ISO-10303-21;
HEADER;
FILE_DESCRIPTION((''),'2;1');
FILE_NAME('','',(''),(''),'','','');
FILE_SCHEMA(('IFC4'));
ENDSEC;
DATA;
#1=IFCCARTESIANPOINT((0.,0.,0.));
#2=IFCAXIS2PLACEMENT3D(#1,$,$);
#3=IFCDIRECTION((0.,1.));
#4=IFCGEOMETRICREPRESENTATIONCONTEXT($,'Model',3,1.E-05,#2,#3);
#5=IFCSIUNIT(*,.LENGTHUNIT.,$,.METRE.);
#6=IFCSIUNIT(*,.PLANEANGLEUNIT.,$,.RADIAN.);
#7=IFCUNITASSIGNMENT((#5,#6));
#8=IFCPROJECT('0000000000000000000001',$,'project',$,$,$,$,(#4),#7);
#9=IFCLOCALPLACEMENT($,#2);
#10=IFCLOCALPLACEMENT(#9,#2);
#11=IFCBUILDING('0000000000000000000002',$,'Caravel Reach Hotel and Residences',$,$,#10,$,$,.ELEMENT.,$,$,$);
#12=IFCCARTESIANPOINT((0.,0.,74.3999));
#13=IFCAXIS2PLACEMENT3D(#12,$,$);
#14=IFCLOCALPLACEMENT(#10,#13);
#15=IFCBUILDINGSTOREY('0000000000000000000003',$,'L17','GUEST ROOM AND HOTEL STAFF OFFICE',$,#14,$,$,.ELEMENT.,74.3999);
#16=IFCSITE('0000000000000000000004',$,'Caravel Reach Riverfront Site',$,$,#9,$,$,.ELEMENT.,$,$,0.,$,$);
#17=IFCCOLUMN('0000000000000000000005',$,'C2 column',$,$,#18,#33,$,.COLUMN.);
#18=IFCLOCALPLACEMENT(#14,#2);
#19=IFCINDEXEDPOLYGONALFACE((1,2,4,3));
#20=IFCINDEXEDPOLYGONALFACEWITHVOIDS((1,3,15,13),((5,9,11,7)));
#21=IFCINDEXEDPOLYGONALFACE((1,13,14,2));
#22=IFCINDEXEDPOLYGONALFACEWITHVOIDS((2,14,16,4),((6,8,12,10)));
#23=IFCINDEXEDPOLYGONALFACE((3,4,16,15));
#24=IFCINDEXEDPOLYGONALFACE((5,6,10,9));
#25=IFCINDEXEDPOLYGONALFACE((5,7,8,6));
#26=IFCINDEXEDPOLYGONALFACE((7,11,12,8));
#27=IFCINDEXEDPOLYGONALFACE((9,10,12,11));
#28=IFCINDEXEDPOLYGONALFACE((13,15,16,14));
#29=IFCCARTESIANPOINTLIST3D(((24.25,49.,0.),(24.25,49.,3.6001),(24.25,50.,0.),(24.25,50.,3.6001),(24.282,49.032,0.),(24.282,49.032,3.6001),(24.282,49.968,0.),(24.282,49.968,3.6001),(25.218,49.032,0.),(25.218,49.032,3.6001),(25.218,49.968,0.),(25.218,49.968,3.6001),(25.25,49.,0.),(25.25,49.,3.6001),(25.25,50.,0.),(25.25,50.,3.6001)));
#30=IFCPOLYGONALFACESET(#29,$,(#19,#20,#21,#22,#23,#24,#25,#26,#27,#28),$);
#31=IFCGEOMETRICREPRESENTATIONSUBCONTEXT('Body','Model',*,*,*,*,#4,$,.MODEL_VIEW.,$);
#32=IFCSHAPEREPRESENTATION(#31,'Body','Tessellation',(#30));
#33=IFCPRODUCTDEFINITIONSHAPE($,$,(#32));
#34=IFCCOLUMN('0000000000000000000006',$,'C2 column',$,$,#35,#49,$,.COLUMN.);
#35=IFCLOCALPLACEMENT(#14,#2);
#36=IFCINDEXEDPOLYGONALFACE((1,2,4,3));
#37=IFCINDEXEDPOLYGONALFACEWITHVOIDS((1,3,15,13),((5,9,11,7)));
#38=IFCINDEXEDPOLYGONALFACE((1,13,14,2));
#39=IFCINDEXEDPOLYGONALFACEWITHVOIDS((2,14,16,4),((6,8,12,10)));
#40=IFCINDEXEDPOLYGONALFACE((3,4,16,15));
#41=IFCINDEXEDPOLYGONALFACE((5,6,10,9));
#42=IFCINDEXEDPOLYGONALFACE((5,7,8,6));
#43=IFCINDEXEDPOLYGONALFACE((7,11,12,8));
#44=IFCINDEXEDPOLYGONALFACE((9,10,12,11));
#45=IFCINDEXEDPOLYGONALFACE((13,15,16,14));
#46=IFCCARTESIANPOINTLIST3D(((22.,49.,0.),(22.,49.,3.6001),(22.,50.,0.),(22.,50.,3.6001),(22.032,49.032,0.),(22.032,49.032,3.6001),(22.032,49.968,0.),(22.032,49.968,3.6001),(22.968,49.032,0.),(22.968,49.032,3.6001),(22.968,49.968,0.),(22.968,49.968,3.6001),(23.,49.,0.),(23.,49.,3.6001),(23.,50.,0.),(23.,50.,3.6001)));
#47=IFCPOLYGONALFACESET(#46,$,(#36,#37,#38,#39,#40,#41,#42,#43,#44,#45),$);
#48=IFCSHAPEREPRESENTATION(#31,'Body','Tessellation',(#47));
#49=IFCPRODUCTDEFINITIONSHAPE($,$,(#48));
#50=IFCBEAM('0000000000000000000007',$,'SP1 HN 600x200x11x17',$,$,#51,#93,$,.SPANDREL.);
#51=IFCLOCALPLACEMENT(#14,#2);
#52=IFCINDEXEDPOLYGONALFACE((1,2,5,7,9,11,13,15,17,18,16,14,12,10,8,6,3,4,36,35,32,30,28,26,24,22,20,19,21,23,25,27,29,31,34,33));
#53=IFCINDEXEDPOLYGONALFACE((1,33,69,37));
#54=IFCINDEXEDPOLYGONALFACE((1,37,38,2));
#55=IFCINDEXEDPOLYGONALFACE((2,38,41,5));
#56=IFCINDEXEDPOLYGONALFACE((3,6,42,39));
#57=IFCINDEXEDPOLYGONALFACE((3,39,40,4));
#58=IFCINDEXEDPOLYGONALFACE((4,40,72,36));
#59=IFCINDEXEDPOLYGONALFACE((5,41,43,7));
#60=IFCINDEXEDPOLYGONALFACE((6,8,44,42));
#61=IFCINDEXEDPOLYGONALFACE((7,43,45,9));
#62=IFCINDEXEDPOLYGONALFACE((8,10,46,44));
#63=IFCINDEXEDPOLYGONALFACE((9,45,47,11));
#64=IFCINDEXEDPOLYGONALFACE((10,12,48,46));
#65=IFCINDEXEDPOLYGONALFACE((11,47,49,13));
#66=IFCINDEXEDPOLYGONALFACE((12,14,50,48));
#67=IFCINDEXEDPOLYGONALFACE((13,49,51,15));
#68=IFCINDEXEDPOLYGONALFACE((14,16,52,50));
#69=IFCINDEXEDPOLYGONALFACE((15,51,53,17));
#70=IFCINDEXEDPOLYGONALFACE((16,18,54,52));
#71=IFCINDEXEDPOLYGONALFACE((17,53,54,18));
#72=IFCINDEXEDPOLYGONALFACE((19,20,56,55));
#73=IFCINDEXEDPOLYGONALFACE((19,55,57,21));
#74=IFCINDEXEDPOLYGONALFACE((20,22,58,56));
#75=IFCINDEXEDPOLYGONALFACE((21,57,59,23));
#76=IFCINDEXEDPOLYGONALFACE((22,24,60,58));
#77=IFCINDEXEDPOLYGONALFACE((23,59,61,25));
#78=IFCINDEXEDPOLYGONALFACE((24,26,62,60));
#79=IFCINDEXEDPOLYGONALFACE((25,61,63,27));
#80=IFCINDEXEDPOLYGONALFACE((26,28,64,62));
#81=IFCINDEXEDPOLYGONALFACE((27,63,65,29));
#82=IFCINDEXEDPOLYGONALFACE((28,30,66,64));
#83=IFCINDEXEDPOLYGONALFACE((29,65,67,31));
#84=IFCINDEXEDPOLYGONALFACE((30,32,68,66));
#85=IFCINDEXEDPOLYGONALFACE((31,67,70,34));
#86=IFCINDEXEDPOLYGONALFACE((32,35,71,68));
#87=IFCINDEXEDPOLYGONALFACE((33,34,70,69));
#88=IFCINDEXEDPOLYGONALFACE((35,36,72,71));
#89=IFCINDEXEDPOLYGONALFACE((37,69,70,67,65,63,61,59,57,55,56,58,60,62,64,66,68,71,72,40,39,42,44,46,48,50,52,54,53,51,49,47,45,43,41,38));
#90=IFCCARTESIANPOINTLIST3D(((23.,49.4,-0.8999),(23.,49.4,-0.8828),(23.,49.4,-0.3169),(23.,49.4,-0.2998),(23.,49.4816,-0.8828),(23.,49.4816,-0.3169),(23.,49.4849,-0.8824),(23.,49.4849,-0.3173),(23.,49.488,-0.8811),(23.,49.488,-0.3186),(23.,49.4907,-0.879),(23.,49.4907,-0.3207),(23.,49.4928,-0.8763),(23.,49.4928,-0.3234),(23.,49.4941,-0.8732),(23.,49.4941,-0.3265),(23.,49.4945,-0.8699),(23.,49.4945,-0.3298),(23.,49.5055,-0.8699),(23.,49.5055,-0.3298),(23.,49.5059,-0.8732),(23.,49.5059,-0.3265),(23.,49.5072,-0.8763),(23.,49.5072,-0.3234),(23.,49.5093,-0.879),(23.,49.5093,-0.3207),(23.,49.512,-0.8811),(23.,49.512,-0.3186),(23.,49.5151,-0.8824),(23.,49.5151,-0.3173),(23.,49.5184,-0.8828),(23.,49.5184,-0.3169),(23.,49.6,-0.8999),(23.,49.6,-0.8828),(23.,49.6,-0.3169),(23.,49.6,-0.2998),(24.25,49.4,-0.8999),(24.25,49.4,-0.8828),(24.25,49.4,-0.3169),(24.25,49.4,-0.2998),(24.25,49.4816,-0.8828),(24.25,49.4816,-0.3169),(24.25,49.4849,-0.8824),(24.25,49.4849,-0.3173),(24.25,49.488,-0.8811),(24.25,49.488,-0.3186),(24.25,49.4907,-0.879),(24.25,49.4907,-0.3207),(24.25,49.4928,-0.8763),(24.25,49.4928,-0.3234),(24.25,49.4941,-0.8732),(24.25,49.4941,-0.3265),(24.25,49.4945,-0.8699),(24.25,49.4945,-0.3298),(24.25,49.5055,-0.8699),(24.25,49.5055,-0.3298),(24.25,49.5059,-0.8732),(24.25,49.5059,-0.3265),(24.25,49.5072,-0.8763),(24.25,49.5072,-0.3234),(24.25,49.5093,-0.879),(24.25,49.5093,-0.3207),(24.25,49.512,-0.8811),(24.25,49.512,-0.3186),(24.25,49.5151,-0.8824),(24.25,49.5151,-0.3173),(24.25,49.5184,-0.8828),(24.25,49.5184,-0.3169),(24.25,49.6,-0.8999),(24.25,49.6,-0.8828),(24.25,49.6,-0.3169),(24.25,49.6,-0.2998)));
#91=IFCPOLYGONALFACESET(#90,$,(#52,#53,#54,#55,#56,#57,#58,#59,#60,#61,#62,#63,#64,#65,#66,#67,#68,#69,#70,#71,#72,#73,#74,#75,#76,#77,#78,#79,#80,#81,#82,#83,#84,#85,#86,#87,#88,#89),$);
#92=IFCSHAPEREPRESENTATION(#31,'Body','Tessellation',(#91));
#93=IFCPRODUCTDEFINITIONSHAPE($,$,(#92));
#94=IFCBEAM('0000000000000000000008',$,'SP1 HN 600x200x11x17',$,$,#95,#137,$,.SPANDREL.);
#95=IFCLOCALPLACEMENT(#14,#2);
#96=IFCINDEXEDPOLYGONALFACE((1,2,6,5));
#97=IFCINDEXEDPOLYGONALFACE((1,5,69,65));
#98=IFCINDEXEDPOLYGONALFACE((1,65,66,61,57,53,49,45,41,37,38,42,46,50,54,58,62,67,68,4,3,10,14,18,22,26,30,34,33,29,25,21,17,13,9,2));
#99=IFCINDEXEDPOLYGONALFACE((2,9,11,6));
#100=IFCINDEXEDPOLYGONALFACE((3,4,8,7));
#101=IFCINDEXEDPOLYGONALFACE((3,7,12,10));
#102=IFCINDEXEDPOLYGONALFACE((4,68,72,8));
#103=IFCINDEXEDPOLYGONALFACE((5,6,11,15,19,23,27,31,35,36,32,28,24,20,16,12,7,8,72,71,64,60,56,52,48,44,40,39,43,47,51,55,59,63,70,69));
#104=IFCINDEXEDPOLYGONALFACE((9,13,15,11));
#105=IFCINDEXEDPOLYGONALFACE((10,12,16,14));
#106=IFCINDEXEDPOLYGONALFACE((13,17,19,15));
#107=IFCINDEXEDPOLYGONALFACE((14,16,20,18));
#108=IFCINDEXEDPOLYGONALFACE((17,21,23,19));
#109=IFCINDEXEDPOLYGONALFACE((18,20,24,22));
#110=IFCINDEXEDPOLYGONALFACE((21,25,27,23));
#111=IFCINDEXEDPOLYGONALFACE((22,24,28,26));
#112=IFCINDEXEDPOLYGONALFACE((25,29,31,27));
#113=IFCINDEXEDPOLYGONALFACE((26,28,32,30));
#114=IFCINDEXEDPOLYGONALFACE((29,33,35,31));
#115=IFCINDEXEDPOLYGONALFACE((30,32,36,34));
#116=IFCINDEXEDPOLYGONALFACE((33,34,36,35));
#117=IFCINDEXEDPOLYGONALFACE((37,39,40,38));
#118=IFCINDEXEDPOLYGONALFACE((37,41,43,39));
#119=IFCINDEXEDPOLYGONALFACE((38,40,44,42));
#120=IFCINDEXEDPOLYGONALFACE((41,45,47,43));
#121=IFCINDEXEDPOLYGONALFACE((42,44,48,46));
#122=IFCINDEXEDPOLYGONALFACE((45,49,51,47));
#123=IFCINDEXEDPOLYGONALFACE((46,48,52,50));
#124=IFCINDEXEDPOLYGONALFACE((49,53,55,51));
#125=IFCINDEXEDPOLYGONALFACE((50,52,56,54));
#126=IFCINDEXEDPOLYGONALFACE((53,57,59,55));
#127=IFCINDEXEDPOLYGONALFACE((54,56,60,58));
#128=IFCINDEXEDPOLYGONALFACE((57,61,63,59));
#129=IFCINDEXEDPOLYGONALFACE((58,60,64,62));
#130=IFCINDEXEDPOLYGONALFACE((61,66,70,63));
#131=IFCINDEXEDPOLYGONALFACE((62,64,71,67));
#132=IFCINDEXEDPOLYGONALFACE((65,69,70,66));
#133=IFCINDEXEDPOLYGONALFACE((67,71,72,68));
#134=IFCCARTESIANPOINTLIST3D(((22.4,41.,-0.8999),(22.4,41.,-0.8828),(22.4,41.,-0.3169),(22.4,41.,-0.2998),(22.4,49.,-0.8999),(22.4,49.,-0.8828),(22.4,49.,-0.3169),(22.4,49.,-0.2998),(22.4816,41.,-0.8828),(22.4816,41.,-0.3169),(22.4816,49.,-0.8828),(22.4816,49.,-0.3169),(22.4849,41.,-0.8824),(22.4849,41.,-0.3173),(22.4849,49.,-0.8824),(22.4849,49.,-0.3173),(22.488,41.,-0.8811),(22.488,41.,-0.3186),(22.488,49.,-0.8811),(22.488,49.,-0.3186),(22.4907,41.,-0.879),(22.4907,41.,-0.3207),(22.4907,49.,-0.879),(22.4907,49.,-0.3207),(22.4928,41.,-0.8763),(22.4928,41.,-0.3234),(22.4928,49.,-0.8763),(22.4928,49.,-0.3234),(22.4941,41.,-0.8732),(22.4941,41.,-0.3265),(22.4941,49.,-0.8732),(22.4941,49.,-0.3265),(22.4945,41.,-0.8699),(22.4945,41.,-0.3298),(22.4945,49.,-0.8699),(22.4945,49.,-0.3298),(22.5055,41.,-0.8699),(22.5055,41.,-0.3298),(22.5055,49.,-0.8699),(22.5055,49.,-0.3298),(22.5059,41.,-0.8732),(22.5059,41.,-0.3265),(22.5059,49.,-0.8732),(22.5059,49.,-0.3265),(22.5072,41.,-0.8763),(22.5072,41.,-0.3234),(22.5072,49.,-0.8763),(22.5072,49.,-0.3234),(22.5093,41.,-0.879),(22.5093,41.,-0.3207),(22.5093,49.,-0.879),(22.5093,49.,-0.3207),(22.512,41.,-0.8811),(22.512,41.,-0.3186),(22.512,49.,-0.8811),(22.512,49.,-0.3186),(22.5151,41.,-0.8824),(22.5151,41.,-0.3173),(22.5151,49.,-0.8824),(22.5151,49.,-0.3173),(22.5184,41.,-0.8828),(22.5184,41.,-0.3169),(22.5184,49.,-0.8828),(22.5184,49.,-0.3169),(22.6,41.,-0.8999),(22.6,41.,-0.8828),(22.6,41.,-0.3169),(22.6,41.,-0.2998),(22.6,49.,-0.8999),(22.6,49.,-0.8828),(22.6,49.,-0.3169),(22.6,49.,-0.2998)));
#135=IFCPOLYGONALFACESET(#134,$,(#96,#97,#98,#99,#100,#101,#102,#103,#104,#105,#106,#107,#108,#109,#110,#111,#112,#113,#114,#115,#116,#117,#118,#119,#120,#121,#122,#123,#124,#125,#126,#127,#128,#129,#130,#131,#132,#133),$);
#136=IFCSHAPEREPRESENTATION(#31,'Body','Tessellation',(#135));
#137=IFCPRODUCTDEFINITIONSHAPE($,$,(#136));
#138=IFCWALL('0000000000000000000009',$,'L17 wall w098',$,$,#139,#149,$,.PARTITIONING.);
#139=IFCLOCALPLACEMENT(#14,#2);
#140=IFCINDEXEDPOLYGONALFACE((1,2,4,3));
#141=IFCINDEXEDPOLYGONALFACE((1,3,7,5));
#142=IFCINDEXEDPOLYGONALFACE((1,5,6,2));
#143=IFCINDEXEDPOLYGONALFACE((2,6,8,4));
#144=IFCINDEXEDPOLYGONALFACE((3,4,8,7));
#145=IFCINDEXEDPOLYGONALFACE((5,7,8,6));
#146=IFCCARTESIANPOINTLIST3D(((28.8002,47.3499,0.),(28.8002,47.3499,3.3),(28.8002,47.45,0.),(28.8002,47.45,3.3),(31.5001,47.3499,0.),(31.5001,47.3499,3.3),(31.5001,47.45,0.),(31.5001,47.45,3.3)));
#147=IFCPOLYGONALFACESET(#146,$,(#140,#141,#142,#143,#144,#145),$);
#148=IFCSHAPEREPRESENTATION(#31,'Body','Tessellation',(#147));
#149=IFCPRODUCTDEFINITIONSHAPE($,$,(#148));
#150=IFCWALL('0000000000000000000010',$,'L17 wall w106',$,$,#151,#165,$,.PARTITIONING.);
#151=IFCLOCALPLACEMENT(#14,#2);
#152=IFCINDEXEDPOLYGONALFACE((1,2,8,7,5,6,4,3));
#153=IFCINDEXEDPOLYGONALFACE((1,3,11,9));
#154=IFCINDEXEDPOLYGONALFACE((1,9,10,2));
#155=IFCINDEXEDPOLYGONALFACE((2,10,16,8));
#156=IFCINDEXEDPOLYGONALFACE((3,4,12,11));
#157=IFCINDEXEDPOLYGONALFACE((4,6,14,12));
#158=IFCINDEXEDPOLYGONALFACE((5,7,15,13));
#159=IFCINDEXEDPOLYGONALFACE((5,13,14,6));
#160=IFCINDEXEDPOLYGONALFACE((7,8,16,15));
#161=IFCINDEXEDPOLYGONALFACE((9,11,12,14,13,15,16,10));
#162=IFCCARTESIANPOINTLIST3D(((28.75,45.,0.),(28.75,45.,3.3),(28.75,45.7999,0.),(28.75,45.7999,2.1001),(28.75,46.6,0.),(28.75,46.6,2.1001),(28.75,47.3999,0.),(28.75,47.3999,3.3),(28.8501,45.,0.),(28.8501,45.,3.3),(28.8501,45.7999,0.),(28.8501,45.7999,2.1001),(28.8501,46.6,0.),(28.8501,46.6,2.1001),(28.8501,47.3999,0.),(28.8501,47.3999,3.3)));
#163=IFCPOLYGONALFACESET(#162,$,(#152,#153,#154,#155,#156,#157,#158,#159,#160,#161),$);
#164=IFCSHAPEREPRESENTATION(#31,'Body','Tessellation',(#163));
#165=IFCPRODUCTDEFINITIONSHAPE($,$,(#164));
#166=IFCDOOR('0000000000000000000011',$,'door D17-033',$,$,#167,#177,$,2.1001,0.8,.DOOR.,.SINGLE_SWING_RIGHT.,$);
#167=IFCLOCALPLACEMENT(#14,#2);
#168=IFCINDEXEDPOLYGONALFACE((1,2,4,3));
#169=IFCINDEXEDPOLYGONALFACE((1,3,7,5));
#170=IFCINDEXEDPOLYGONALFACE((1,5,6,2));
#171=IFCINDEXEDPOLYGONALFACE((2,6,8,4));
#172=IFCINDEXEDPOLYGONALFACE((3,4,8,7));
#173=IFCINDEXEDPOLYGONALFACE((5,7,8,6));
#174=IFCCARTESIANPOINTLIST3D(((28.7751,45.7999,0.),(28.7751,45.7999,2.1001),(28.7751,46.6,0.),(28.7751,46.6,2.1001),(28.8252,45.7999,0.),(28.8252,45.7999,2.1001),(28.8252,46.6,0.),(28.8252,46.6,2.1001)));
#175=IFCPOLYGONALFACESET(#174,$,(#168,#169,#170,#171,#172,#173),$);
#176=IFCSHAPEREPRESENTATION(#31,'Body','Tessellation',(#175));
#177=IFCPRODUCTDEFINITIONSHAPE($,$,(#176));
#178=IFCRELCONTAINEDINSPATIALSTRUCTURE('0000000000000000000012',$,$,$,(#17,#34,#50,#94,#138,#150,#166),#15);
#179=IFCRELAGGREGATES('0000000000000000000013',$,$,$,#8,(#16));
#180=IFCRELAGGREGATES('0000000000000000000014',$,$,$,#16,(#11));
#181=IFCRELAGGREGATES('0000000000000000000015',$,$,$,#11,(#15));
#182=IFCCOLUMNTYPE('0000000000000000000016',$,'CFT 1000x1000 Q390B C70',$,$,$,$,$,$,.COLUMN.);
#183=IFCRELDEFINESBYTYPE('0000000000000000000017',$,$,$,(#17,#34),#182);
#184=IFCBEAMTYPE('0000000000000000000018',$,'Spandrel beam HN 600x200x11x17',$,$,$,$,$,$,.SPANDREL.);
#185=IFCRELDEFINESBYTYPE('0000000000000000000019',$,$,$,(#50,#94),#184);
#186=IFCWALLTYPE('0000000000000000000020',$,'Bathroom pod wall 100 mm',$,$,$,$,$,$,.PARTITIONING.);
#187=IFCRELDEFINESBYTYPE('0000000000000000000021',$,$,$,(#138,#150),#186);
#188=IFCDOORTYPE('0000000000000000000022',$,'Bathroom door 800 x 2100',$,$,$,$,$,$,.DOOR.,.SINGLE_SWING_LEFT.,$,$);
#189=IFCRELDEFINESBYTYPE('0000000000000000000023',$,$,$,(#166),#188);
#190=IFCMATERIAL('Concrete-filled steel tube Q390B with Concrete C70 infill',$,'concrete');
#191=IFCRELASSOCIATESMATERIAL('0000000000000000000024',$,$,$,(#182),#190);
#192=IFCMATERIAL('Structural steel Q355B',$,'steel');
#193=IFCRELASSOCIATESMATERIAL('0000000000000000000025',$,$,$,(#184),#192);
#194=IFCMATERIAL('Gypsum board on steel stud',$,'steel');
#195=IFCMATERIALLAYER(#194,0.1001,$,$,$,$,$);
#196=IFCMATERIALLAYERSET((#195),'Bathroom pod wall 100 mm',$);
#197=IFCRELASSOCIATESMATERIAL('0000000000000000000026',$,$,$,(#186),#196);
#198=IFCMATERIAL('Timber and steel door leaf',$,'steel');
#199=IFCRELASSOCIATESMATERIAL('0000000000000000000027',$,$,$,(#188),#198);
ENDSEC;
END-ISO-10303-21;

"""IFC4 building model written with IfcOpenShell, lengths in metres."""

from ifc_helpers import new_model, si_unit, direction, frame, frame_2d, origin, origin_2d, place, context, subcontext, project, spatial, rectangle, hollow_rectangle, i_section, extrude, material, layer, layer_set, material_profile, profile_set, type_object, element, fill, save


model = new_model("IFC4")

# Units and contexts
model_context = context("Model", 3, precision=1e-05, world=origin(), true_north=direction((0.0, 1.0)))
body_context = subcontext(model_context, "Body", "Model", "MODEL_VIEW")
ifc_project = project(units=[si_unit("LENGTHUNIT", "METRE"), si_unit("PLANEANGLEUNIT", "RADIAN")], contexts=[model_context])

# Site, building, storey
site_placement = place(None, origin())
site = spatial("IfcSite", under=ifc_project, at=site_placement, Name="Caravel Reach Riverfront Site", CompositionType="ELEMENT", RefElevation=0.0)
building_placement = place(site_placement, origin())
building = spatial("IfcBuilding", under=site, at=building_placement, Name="Caravel Reach Hotel and Residences", CompositionType="ELEMENT")
storey_placement = place(building_placement, frame((0.0, 0.0, 74.3999)))
storey = spatial("IfcBuildingStorey", under=building, at=storey_placement, Name="L17", Description="GUEST ROOM AND HOTEL STAFF OFFICE", CompositionType="ELEMENT", Elevation=74.3999)

# Columns
ifc_material_1 = material(Name="Concrete-filled steel tube Q390B with Concrete C70 infill", Category="concrete")
ifc_material_profile_1 = material_profile(ifc_material_1, hollow_rectangle(XDim=1.0, YDim=1.0, WallThickness=0.032, at=origin_2d()), Name="RHS 1000x1000x32")
ifc_profile_set_1 = profile_set([ifc_material_profile_1], Name="Concrete-filled steel tube Q390B with Concrete C70 infill")
column_type = type_object("IfcColumnType", Name="CFT 1000x1000 Q390B C70", PredefinedType="COLUMN", material=ifc_profile_set_1)
for number, where, z_axis, x_axis, name in (
    (1, (24.75, 49.5, 0.0), (0.0, 0.0, 1.0), (1.0, 0.0, 0.0), "C2 column"),
    (2, (22.5, 49.5, 0.0), (0.0, 0.0, 1.0), (1.0, 0.0, 0.0), "C2 column"),
):
    element("IfcColumn", number, at=place(storey_placement, frame(where, z_axis=z_axis, x_axis=x_axis)), inside=storey, type_object=column_type, Name=name, PredefinedType="COLUMN", context=body_context, shape_type="SweptSolid", body=[
        extrude(hollow_rectangle(XDim=1.0, YDim=1.0, WallThickness=0.032, at=origin_2d()), origin(), (0.0, 0.0, 1.0), 3.6001),
    ])

# Beams
ifc_material_2 = material(Name="Structural steel Q355B", Category="steel")
ifc_material_profile_2 = material_profile(ifc_material_2, i_section(OverallWidth=0.2, OverallDepth=0.6001, WebThickness=0.011, FlangeThickness=0.0171, FilletRadius=0.0129, at=origin_2d()), Name="HN 600x200x11x17")
ifc_profile_set_2 = profile_set([ifc_material_profile_2], Name="Structural steel Q355B")
beam_type = type_object("IfcBeamType", Name="Spandrel beam HN 600x200x11x17", PredefinedType="SPANDREL", material=ifc_profile_set_2)
beam_1_placement = place(storey_placement, frame((24.25, 49.5, -0.5999), z_axis=(-1.0, 0.0, 0.0), x_axis=(0.0, -1.0, 0.0)))
element("IfcBeam", 3, at=beam_1_placement, inside=storey, type_object=beam_type, Name="SP1 HN 600x200x11x17", PredefinedType="SPANDREL", context=body_context, shape_type="SweptSolid", body=[
    extrude(i_section(OverallWidth=0.2, OverallDepth=0.6001, WebThickness=0.011, FlangeThickness=0.0171, FilletRadius=0.0129, at=origin_2d()), origin(), (0.0, 0.0, 1.0), 1.25),
])
beam_2_placement = place(storey_placement, frame((22.5, 49.0, -0.5999), z_axis=(0.0, -1.0, 0.0), x_axis=(1.0, 0.0, 0.0)))
element("IfcBeam", 4, at=beam_2_placement, inside=storey, type_object=beam_type, Name="SP1 HN 600x200x11x17", PredefinedType="SPANDREL", context=body_context, shape_type="SweptSolid", body=[
    extrude(i_section(OverallWidth=0.2, OverallDepth=0.6001, WebThickness=0.011, FlangeThickness=0.0171, FilletRadius=0.0129, at=origin_2d()), origin(), (0.0, 0.0, 1.0), 8.0),
])

# Wall
ifc_material_3 = material(Name="Gypsum board on steel stud", Category="steel")
ifc_layer_1 = layer(ifc_material_3, 0.1001)
ifc_layer_set_1 = layer_set([ifc_layer_1], Name="Bathroom pod wall 100 mm")
wall_type_1 = type_object("IfcWallType", Name="Bathroom pod wall 100 mm", PredefinedType="PARTITIONING", material=ifc_layer_set_1)
wall_1_placement = place(storey_placement, frame((28.8, 47.3999, 0.0), z_axis=(0.0, 0.0, 1.0), x_axis=(1.0, 0.0, 0.0)))
element("IfcWall", 5, at=wall_1_placement, inside=storey, type_object=wall_type_1, Name="L17 wall w098", PredefinedType="PARTITIONING", context=body_context, shape_type="SweptSolid", body=[
    extrude(rectangle(XDim=2.7, YDim=0.1001, at=frame_2d((1.3501, 0.0))), origin(), (0.0, 0.0, 1.0), 3.3),
])

# Wall, opening, door
wall_2_placement = place(storey_placement, frame((28.8, 45.0, 0.0), z_axis=(0.0, 0.0, 1.0), x_axis=(0.0, 1.0, 0.0)))
wall_2 = element("IfcWall", 6, at=wall_2_placement, inside=storey, type_object=wall_type_1, Name="L17 wall w106", PredefinedType="PARTITIONING", context=body_context, shape_type="SweptSolid", body=[
    extrude(rectangle(XDim=2.3999, YDim=0.1001, at=frame_2d((1.2, 0.0))), origin(), (0.0, 0.0, 1.0), 3.3),
])
opening_1_placement = place(wall_2_placement, frame((0.8, 0.0, 0.0)))
opening_1 = element("IfcOpeningElement", 7, at=opening_1_placement, cuts=wall_2, PredefinedType="OPENING", context=body_context, shape_type="SweptSolid", body=[
    extrude(rectangle(XDim=0.8, YDim=2.1001, at=frame_2d((0.3999, 1.05))), frame((0.0, 0.0601, 0.0), z_axis=(0.0, -1.0, 0.0), x_axis=(1.0, 0.0, 0.0)), (0.0, 0.0, 1.0), 0.1201),
])
ifc_material_4 = material(Name="Timber and steel door leaf", Category="steel")
door_type = type_object("IfcDoorType", Name="Bathroom door 800 x 2100", OperationType="SINGLE_SWING_LEFT", PredefinedType="DOOR", material=ifc_material_4)
door_placement = place(opening_1_placement, origin())
door = element("IfcDoor", 8, at=door_placement, inside=storey, type_object=door_type, Name="door D17-033", OperationType="SINGLE_SWING_RIGHT", OverallHeight=2.1001, OverallWidth=0.8, PredefinedType="DOOR", context=body_context, shape_type="SweptSolid", body=[
    extrude(rectangle(XDim=0.8, YDim=2.1001, at=frame_2d((0.3999, 1.05))), frame((0.0, 0.0249, 0.0), z_axis=(0.0, -1.0, 0.0), x_axis=(1.0, 0.0, 0.0)), (0.0, 0.0, 1.0), 0.05),
])
fill(opening_1, door)

save(model, "model.ifc")
